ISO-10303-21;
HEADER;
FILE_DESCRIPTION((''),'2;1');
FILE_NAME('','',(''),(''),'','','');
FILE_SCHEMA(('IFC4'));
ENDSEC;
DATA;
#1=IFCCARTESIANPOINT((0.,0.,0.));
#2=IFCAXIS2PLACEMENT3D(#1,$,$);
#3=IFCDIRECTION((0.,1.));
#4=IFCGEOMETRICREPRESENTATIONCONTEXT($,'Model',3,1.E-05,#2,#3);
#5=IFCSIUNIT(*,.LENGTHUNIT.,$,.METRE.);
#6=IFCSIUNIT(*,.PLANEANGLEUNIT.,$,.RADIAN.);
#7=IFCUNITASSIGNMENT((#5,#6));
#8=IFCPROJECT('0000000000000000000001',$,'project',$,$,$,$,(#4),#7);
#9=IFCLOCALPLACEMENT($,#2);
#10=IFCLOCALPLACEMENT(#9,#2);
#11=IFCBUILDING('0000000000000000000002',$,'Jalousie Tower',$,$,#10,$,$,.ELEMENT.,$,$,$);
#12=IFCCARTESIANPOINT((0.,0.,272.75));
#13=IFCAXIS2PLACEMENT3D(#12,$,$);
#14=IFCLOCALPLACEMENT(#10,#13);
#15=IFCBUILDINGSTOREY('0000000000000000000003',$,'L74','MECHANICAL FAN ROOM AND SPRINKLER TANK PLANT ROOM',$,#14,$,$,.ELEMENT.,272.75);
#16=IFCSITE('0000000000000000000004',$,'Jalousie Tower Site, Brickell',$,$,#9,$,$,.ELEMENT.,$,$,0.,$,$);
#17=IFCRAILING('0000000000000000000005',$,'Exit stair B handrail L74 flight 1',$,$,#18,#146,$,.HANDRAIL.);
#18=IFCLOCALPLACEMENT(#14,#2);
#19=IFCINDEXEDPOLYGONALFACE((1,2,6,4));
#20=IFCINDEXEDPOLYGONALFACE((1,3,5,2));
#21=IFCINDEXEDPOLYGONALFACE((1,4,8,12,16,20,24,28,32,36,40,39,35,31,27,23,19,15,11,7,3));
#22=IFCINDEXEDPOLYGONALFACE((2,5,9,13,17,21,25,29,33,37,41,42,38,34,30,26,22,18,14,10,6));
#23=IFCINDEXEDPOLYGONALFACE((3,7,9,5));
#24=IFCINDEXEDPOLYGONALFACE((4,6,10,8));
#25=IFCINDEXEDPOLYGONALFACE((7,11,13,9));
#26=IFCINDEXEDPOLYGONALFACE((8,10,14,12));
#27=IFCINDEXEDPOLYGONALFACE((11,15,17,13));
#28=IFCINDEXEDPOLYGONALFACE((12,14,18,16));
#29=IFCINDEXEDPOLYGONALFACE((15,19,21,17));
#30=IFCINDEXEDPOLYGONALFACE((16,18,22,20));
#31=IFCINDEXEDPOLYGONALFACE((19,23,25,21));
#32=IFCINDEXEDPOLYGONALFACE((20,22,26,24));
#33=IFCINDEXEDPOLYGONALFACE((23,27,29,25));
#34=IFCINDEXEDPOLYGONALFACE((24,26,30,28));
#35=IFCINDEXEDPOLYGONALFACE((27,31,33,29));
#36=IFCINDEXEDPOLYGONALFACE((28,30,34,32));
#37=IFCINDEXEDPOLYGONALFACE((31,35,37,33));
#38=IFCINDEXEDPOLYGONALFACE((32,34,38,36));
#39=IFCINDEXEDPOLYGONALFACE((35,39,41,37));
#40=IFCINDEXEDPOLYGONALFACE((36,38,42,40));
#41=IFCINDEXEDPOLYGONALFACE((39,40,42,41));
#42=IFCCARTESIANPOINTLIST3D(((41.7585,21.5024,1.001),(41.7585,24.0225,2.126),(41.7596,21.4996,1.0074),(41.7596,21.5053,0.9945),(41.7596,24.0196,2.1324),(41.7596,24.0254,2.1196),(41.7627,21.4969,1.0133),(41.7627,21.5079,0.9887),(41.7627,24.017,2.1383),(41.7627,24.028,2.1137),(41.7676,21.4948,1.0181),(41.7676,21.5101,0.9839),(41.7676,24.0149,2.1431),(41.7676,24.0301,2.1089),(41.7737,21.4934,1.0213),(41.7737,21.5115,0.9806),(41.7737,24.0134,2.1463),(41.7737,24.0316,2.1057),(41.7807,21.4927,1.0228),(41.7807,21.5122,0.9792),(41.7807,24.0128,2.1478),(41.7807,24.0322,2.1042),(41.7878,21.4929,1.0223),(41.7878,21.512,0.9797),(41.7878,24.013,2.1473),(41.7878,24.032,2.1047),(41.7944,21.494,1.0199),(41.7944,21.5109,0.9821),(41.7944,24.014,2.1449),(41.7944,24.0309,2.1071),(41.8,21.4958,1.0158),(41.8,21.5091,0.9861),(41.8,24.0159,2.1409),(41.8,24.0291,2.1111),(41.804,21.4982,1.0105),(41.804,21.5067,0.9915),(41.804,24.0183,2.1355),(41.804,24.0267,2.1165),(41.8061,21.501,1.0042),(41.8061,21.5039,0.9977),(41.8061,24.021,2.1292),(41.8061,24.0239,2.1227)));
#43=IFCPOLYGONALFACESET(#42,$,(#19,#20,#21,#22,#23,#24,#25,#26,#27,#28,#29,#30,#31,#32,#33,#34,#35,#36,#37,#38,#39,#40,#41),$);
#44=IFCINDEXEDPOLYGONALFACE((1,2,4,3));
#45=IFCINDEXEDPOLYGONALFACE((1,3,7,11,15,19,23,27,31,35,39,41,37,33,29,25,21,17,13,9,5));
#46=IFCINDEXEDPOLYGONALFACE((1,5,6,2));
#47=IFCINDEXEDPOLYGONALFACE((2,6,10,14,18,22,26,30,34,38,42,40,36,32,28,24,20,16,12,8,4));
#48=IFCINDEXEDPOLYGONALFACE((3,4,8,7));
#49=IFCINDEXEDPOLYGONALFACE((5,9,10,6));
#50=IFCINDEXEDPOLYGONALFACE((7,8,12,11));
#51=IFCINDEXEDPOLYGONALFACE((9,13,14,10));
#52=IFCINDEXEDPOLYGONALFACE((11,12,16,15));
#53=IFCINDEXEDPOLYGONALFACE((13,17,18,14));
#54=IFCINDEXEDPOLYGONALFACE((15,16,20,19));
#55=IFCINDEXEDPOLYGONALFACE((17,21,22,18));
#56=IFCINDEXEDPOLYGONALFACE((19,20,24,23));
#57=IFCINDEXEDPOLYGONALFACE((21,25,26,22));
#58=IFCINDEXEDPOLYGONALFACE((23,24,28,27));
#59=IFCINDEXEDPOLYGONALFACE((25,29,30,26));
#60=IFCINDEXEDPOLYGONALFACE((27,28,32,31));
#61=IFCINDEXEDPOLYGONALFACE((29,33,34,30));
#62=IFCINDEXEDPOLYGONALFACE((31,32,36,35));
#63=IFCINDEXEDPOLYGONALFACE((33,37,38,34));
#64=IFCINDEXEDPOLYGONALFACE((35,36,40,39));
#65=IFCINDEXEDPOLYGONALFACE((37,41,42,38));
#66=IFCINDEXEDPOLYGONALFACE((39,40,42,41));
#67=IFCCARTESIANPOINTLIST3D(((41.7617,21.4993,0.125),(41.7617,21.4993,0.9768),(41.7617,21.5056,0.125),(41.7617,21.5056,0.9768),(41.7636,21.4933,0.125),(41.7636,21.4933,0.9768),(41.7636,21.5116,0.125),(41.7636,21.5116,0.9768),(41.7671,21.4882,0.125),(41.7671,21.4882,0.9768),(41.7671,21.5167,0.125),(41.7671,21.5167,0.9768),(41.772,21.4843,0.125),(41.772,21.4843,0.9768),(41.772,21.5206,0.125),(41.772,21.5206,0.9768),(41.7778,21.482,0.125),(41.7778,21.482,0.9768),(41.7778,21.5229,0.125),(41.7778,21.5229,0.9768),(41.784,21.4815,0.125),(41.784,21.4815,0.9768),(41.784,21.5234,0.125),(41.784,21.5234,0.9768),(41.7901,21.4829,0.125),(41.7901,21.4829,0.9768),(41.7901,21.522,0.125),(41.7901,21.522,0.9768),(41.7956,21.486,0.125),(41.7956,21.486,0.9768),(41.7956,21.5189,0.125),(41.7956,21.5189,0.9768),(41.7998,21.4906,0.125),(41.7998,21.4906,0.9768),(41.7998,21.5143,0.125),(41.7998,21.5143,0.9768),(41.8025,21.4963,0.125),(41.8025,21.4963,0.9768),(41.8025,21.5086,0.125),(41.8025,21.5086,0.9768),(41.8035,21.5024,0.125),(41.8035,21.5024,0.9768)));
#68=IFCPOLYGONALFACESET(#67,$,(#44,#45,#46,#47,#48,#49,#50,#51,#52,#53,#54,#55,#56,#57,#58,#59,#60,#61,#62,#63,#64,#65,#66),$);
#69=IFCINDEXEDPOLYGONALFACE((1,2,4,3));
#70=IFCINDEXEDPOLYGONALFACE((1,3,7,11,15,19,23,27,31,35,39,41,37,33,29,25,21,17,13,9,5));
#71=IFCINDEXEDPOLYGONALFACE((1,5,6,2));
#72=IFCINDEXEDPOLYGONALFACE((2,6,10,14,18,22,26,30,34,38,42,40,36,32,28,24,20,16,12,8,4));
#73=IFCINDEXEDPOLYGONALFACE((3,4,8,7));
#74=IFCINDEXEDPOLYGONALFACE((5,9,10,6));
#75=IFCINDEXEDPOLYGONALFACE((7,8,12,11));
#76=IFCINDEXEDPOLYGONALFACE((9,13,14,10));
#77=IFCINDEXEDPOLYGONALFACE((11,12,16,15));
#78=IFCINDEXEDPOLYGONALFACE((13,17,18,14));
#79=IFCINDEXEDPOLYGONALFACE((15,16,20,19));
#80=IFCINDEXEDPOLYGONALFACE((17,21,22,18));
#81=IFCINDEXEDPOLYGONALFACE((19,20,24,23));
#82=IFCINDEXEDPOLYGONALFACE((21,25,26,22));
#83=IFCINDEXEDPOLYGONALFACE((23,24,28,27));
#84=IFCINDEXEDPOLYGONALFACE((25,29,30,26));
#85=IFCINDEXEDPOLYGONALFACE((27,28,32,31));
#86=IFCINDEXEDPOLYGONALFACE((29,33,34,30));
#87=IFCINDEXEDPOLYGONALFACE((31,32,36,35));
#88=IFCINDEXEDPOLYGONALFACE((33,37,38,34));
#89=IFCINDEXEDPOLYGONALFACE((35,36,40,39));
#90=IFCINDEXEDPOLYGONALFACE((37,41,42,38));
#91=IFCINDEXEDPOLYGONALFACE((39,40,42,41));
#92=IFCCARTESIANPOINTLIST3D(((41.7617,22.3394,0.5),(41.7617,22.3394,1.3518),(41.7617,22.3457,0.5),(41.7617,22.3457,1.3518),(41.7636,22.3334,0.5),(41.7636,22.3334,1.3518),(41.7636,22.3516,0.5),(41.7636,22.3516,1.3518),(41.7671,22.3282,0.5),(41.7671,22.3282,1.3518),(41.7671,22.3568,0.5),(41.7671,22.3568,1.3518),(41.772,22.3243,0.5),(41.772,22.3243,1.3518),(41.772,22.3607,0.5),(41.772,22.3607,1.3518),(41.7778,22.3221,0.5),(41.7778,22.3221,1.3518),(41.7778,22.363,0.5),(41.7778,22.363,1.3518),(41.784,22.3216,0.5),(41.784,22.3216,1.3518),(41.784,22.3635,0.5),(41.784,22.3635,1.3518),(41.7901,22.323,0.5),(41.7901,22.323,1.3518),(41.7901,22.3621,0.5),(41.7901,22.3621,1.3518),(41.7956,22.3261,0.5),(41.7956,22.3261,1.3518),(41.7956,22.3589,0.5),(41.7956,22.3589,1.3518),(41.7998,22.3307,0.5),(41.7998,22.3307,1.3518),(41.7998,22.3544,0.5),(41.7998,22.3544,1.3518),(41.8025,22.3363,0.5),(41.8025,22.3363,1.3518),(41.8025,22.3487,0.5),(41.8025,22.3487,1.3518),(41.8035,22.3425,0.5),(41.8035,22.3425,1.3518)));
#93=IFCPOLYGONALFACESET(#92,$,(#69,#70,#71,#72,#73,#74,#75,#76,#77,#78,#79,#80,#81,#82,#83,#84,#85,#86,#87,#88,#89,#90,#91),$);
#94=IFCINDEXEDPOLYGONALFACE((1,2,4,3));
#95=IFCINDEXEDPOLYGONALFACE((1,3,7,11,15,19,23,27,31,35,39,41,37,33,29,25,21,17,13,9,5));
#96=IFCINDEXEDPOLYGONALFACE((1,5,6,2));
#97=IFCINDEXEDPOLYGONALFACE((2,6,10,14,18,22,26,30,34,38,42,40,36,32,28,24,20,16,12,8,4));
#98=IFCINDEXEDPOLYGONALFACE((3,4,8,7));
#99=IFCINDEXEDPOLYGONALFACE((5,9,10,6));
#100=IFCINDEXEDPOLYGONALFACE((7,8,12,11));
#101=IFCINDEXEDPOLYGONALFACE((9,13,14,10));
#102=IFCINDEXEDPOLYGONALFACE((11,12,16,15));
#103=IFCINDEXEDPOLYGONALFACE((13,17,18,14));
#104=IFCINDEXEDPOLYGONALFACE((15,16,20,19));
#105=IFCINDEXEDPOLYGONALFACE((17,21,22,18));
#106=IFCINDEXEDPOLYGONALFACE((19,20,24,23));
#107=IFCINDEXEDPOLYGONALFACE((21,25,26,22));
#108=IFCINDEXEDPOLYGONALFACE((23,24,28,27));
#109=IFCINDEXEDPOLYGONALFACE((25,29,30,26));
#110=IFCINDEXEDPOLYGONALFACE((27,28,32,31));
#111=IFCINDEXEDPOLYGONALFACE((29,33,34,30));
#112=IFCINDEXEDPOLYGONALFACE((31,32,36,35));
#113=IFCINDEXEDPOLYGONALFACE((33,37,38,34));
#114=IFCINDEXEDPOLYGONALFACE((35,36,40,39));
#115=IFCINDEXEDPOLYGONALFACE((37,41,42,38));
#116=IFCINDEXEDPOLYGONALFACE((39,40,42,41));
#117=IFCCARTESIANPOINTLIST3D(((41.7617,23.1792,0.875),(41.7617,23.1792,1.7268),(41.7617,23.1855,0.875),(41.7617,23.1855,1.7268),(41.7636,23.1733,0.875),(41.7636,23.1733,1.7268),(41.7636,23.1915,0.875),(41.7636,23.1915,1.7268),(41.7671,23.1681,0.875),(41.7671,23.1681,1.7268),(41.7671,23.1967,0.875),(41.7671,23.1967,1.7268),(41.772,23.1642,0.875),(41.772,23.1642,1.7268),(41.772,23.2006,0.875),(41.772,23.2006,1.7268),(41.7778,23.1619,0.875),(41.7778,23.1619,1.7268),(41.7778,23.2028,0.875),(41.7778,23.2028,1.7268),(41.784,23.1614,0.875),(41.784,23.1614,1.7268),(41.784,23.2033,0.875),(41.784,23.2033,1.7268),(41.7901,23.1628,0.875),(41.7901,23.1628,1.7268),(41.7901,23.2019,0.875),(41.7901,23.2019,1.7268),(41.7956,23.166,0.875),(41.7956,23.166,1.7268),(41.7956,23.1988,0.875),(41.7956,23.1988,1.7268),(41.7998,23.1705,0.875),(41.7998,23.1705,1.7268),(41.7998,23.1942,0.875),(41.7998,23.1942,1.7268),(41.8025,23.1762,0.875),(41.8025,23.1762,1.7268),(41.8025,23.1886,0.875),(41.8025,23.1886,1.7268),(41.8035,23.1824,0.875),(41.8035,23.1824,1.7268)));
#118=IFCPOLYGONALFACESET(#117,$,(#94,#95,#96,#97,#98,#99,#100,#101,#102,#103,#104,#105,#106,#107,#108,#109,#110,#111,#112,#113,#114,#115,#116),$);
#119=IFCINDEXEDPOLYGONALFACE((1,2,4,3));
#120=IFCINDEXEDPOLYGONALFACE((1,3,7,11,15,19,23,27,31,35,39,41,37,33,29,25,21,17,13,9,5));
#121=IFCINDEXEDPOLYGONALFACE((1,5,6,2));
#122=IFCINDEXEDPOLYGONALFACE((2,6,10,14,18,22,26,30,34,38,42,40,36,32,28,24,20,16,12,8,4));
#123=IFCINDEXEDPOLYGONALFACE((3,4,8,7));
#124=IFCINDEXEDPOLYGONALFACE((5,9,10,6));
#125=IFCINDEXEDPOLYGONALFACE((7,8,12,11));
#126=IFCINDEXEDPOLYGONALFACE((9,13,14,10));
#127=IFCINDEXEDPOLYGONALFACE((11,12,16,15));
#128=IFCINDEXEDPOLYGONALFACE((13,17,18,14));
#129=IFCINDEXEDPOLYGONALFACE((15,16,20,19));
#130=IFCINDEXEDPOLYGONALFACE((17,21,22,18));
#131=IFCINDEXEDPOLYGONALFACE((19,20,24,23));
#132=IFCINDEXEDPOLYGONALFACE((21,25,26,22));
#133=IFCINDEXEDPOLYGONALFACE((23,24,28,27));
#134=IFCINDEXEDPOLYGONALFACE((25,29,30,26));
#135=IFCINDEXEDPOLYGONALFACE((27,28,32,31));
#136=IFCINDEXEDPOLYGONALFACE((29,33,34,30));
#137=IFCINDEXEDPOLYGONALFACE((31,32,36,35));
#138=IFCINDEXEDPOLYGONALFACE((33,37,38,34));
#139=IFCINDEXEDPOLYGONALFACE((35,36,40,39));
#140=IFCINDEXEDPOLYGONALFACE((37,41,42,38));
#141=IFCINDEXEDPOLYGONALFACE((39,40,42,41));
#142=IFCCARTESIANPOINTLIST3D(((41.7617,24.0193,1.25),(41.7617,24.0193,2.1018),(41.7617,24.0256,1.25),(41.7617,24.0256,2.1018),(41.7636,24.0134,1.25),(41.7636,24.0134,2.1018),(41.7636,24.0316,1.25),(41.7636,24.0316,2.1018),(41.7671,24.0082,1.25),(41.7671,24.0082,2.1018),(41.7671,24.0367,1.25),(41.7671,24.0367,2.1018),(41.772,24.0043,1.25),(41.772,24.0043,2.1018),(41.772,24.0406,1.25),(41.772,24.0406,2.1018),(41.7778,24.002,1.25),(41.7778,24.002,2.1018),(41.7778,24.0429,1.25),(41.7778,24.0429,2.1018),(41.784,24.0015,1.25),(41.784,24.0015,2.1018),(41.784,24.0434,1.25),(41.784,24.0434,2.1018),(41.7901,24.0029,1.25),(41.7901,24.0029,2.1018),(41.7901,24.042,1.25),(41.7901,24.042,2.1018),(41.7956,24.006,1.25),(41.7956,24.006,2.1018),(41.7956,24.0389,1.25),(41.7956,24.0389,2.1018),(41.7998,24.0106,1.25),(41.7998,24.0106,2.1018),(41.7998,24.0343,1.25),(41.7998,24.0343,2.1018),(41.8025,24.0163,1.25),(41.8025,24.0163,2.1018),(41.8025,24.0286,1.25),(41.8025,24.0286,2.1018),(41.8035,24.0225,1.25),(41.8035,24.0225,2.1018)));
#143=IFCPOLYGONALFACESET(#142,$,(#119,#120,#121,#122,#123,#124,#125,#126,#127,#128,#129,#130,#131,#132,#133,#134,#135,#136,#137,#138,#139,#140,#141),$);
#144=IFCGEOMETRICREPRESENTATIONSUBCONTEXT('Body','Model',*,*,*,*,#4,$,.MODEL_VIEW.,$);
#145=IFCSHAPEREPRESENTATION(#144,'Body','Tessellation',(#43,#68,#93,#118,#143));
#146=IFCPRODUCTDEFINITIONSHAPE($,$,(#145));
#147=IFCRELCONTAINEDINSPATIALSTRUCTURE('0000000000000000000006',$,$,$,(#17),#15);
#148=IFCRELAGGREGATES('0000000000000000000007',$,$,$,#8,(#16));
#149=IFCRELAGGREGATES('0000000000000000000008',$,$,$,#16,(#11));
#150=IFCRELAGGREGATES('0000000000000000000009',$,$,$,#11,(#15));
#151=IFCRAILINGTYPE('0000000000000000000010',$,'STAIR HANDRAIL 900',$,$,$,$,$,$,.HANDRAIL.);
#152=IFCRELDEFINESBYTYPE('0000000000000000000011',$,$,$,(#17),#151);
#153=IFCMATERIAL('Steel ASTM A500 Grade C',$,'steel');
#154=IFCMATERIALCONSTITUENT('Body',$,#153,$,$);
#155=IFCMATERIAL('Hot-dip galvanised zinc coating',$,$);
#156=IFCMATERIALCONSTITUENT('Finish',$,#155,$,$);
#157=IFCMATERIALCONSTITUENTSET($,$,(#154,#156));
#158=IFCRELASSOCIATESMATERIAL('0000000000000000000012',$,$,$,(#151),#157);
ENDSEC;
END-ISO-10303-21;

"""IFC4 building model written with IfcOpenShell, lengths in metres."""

from ifc_helpers import new_model, si_unit, direction, frame, origin, origin_2d, place, context, subcontext, project, spatial, circle, extrude, material, constituent, constituent_set, type_object, element, save


model = new_model("IFC4")

# Units and contexts
model_context = context("Model", 3, precision=1e-05, world=origin(), true_north=direction((0.0, 1.0)))
body_context = subcontext(model_context, "Body", "Model", "MODEL_VIEW")
ifc_project = project(units=[si_unit("LENGTHUNIT", "METRE"), si_unit("PLANEANGLEUNIT", "RADIAN")], contexts=[model_context])

# Site, building, storey
site_placement = place(None, origin())
site = spatial("IfcSite", under=ifc_project, at=site_placement, Name="Jalousie Tower Site, Brickell", CompositionType="ELEMENT", RefElevation=0.0)
building_placement = place(site_placement, origin())
building = spatial("IfcBuilding", under=site, at=building_placement, Name="Jalousie Tower", CompositionType="ELEMENT")
storey_placement = place(building_placement, frame((0.0, 0.0, 272.75)))
storey = spatial("IfcBuildingStorey", under=building, at=storey_placement, Name="L74", Description="MECHANICAL FAN ROOM AND SPRINKLER TANK PLANT ROOM", CompositionType="ELEMENT", Elevation=272.75)

# Railing
ifc_material_1 = material(Name="Steel ASTM A500 Grade C", Category="steel")
ifc_constituent_1 = constituent(ifc_material_1, Name="Body")
ifc_material_2 = material(Name="Hot-dip galvanised zinc coating")
ifc_constituent_2 = constituent(ifc_material_2, Name="Finish")
ifc_constituent_set_1 = constituent_set(constituents=[ifc_constituent_1, ifc_constituent_2])
railing_type_1 = type_object("IfcRailingType", Name="STAIR HANDRAIL 900", PredefinedType="HANDRAIL", material=ifc_constituent_set_1)
railing_1_placement = place(storey_placement, frame((41.7825, 21.5024, 0.125)))
element("IfcRailing", 1, at=railing_1_placement, inside=storey, type_object=railing_type_1, Name="Exit stair B handrail L74 flight 1", PredefinedType="HANDRAIL", context=body_context, shape_type="SweptSolid", body=[
    extrude(circle(Radius=0.0239, at=origin_2d()), frame((0.0, 0.0, 0.876), z_axis=(0.0, 0.913139, 0.407648), x_axis=(-1.0, 0.0, 0.0)), (0.0, 0.0, 1.0), 2.7598),
    extrude(circle(Radius=0.021, at=origin_2d()), origin(), (0.0, 0.0, 1.0), 0.8518),
    extrude(circle(Radius=0.021, at=origin_2d()), frame((0.0, 0.8401, 0.375)), (0.0, 0.0, 1.0), 0.8518),
    extrude(circle(Radius=0.021, at=origin_2d()), frame((0.0, 1.6799, 0.75)), (0.0, 0.0, 1.0), 0.8518),
    extrude(circle(Radius=0.021, at=origin_2d()), frame((0.0, 2.52, 1.125)), (0.0, 0.0, 1.0), 0.8518),
])

save(model, "model.ifc")
